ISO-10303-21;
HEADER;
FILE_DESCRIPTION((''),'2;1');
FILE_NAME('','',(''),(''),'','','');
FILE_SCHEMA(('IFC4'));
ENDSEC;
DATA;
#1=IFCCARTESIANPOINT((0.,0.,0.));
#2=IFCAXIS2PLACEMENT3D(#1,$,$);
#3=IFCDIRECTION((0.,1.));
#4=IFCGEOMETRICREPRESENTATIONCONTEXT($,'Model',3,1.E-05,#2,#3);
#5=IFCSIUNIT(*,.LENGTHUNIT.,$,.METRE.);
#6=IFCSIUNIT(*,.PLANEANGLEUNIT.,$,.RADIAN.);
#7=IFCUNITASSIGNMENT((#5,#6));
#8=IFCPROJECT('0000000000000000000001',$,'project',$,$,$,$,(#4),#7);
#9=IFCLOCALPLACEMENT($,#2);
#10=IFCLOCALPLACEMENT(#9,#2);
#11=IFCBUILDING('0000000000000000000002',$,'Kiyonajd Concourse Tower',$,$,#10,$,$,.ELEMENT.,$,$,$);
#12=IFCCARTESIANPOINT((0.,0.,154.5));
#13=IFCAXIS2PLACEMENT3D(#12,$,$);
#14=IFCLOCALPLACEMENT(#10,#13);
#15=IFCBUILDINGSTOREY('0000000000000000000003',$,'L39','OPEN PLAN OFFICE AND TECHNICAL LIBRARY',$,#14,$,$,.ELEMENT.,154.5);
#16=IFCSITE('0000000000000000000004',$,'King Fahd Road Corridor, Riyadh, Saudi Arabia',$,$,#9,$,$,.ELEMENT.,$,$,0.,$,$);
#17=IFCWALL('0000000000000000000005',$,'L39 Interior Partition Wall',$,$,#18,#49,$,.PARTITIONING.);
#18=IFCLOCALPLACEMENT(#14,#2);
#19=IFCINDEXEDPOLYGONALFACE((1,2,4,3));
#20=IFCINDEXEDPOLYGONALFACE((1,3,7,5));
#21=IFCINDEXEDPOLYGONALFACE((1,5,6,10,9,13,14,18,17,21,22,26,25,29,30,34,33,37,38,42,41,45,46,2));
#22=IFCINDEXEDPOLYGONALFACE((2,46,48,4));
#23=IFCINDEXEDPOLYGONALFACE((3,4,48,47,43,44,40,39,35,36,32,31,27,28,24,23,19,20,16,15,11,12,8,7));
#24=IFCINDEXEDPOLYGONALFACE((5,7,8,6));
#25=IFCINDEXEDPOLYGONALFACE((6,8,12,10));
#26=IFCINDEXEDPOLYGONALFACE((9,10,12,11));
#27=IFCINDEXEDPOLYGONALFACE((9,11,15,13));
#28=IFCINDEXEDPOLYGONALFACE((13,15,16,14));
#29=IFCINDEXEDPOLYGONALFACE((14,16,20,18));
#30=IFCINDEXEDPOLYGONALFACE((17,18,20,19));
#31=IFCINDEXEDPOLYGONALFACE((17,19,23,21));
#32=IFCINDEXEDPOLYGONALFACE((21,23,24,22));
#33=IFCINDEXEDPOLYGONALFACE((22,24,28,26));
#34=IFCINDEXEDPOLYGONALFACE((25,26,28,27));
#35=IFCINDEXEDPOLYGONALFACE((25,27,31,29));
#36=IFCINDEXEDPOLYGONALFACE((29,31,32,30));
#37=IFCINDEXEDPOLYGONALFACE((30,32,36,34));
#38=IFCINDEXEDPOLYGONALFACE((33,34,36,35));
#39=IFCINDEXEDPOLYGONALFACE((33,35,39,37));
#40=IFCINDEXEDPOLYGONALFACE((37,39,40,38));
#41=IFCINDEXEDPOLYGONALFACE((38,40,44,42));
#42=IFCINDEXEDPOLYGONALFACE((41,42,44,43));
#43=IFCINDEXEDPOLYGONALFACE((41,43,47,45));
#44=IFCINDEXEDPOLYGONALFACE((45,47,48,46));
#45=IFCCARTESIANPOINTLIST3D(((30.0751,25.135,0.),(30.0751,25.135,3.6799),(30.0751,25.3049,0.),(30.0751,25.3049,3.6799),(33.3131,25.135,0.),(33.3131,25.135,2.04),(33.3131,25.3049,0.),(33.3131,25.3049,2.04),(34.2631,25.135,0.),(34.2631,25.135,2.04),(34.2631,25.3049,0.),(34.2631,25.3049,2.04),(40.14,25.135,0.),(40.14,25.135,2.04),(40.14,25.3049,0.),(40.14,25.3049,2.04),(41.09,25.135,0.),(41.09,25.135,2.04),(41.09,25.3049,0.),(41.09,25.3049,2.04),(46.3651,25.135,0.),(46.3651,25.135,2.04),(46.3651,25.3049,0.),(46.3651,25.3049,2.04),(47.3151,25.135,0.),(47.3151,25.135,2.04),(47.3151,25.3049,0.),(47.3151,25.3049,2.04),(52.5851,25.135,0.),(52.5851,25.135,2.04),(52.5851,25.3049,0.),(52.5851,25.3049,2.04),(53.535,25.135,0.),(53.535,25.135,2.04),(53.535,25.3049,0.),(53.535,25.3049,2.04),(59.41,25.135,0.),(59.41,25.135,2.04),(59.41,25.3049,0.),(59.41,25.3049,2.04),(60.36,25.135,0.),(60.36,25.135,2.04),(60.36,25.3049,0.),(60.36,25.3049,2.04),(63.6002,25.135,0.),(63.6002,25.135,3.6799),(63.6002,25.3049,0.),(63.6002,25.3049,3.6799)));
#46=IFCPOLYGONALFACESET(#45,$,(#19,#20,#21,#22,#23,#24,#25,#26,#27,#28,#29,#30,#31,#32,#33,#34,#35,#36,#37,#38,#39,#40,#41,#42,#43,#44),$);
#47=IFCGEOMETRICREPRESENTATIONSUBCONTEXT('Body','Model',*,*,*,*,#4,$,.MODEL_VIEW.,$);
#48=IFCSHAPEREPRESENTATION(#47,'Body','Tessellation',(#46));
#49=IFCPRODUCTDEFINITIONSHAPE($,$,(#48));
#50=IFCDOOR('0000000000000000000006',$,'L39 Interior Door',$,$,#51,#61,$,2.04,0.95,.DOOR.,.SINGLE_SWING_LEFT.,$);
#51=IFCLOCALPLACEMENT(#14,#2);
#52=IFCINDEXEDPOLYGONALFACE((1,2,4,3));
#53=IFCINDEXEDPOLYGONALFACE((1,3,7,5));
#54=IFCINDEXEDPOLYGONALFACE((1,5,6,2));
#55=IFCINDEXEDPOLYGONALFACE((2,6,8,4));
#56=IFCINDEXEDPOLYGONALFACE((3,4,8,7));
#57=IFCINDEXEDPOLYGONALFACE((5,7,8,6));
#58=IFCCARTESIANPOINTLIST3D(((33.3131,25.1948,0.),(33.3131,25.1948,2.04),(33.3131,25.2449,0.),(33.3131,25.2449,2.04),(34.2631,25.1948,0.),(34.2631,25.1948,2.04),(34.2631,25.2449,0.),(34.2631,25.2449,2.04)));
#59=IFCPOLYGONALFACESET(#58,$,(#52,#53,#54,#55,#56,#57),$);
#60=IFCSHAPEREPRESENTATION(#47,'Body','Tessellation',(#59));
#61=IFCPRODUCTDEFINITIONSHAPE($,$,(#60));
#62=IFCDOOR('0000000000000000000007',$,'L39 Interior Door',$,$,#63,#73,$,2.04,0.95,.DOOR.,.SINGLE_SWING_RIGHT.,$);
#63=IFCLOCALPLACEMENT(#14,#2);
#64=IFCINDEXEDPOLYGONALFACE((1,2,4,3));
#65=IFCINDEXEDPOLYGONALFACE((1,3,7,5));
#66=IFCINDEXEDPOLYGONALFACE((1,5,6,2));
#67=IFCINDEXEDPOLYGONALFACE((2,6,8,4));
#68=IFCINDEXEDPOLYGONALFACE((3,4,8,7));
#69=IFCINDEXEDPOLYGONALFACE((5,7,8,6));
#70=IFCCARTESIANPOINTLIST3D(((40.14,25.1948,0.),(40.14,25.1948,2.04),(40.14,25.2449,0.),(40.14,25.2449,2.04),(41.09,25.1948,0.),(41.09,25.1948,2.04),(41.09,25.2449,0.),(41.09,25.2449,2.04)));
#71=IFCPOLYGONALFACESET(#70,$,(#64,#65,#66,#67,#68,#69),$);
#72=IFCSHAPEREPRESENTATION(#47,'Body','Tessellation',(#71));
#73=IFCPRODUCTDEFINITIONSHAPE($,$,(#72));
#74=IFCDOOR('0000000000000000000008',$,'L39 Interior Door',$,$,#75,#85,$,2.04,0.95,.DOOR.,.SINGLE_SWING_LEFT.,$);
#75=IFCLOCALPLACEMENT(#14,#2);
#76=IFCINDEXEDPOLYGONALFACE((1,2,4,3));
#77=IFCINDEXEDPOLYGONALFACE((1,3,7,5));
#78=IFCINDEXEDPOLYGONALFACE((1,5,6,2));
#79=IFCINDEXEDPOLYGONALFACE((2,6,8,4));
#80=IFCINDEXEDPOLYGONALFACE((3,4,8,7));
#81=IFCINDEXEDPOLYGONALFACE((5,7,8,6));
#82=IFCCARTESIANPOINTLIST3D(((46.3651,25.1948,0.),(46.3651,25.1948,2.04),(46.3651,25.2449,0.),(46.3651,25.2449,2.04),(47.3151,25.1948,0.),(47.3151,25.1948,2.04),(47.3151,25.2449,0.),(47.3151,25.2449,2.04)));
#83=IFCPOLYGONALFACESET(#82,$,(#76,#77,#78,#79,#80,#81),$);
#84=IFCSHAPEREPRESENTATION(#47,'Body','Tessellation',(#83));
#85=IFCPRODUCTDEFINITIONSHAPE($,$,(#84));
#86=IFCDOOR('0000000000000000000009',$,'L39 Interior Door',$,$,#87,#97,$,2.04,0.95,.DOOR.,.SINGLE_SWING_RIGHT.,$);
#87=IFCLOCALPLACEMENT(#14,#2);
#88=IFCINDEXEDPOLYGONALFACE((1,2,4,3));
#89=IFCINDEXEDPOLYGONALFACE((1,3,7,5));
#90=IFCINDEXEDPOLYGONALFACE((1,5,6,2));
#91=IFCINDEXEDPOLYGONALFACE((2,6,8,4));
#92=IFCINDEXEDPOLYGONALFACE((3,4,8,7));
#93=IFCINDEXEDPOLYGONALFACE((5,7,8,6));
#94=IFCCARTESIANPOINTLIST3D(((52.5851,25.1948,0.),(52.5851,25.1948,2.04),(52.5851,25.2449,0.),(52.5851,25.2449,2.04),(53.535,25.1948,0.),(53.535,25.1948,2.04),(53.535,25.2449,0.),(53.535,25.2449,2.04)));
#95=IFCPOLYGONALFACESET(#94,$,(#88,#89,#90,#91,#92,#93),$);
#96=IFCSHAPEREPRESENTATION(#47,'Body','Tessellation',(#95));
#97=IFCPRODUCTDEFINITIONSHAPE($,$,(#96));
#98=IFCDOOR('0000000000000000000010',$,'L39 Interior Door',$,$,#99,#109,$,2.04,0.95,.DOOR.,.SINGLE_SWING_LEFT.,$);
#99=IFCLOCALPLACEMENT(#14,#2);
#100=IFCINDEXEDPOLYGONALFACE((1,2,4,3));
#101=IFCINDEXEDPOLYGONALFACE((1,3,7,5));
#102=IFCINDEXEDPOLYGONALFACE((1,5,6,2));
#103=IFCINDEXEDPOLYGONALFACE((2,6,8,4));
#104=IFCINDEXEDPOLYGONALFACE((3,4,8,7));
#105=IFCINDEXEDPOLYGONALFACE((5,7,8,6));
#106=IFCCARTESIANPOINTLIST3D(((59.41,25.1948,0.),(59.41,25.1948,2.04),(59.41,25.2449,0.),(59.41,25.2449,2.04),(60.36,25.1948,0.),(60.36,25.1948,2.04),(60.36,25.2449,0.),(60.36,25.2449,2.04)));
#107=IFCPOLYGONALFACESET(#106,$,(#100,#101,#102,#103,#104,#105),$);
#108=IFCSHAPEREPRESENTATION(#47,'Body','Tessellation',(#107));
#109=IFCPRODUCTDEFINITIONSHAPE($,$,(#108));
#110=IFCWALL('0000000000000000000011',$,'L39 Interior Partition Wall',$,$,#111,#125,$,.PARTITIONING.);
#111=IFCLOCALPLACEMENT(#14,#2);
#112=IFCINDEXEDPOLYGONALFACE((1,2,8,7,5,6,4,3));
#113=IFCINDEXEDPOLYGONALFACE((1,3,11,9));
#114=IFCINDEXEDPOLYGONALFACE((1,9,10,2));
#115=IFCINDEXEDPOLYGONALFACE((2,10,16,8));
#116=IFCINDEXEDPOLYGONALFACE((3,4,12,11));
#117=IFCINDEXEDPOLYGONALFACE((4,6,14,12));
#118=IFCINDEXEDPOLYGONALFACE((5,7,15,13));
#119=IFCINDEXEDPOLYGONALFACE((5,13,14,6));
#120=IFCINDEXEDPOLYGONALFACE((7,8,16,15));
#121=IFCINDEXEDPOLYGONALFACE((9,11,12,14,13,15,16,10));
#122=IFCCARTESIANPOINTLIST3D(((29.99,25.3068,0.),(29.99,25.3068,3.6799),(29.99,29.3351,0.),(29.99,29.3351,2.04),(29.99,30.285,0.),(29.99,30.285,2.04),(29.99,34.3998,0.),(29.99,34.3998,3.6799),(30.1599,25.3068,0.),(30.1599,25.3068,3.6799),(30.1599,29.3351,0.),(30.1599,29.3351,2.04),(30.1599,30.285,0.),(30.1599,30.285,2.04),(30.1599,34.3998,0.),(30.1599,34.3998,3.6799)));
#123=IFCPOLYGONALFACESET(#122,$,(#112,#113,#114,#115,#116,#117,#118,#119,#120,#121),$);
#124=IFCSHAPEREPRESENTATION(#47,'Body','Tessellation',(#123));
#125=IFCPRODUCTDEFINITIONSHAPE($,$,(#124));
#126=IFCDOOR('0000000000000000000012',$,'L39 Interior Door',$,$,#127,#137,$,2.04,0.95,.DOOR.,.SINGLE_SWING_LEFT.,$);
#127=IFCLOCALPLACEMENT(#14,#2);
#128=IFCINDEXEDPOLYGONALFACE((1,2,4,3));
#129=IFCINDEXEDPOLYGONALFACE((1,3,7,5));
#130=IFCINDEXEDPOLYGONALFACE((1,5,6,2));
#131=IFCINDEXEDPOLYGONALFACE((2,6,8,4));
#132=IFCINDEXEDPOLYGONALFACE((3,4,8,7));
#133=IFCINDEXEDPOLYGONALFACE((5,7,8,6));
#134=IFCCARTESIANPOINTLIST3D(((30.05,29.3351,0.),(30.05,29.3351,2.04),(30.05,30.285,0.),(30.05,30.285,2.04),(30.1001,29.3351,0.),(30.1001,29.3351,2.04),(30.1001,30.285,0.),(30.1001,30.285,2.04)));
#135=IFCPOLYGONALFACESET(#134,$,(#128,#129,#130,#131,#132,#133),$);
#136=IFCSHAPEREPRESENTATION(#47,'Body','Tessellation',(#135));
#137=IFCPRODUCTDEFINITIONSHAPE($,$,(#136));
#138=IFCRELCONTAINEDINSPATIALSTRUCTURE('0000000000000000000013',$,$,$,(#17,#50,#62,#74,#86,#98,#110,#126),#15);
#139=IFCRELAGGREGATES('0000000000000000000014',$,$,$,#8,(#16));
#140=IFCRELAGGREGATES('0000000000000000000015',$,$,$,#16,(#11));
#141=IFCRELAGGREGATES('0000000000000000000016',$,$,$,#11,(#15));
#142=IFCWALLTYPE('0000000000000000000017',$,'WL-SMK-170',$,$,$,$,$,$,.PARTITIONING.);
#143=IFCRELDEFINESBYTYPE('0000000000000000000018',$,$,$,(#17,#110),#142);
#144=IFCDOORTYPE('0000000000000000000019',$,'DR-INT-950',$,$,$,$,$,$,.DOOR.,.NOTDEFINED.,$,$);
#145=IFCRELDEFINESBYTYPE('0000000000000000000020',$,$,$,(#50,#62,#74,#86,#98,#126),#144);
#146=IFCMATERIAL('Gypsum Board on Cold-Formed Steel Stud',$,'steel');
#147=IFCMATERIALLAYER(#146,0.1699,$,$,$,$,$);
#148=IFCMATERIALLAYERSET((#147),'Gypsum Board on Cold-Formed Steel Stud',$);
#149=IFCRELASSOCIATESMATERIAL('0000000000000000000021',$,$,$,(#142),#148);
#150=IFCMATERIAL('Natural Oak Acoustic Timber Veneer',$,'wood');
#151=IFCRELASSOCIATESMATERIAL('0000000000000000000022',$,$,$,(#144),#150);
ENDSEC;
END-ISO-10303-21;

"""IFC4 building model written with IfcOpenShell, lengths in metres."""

from ifc_helpers import new_model, si_unit, direction, frame, frame_2d, origin, place, context, subcontext, project, spatial, rectangle, extrude, material, layer, layer_set, type_object, element, fill, save


model = new_model("IFC4")

# Units and contexts
model_context = context("Model", 3, precision=1e-05, world=origin(), true_north=direction((0.0, 1.0)))
body_context = subcontext(model_context, "Body", "Model", "MODEL_VIEW")
ifc_project = project(units=[si_unit("LENGTHUNIT", "METRE"), si_unit("PLANEANGLEUNIT", "RADIAN")], contexts=[model_context])

# Site, building, storey
site_placement = place(None, origin())
site = spatial("IfcSite", under=ifc_project, at=site_placement, Name="King Fahd Road Corridor, Riyadh, Saudi Arabia", CompositionType="ELEMENT", RefElevation=0.0)
building_placement = place(site_placement, origin())
building = spatial("IfcBuilding", under=site, at=building_placement, Name="Kiyonajd Concourse Tower", CompositionType="ELEMENT")
storey_placement = place(building_placement, frame((0.0, 0.0, 154.5)))
storey = spatial("IfcBuildingStorey", under=building, at=storey_placement, Name="L39", Description="OPEN PLAN OFFICE AND TECHNICAL LIBRARY", CompositionType="ELEMENT", Elevation=154.5)

# Wall, openings, doors
ifc_material_1 = material(Name="Gypsum Board on Cold-Formed Steel Stud", Category="steel")
ifc_layer_1 = layer(ifc_material_1, 0.1699)
ifc_layer_set_1 = layer_set([ifc_layer_1], Name="Gypsum Board on Cold-Formed Steel Stud")
wall_type_1 = type_object("IfcWallType", Name="WL-SMK-170", PredefinedType="PARTITIONING", material=ifc_layer_set_1)
wall_1_placement = place(storey_placement, frame((30.075, 25.22, 0.0), z_axis=(0.0, 0.0, 1.0), x_axis=(1.0, 0.0, 0.0)))
wall_1 = element("IfcWall", 1, at=wall_1_placement, inside=storey, type_object=wall_type_1, Name="L39 Interior Partition Wall", PredefinedType="PARTITIONING", context=body_context, shape_type="SweptSolid", body=[
    extrude(rectangle(XDim=33.5251, YDim=0.1699, at=frame_2d((16.7627, 0.0))), origin(), (0.0, 0.0, 1.0), 3.6799),
])
opening_1_placement = place(wall_1_placement, frame((3.238, 0.0, 0.0)))
opening_1 = element("IfcOpeningElement", 2, at=opening_1_placement, cuts=wall_1, PredefinedType="OPENING", context=body_context, shape_type="SweptSolid", body=[
    extrude(rectangle(XDim=0.95, YDim=2.04, at=frame_2d((0.4751, 1.02))), frame((0.0, 0.095, 0.0), z_axis=(0.0, -1.0, 0.0), x_axis=(1.0, 0.0, 0.0)), (0.0, 0.0, 1.0), 0.1899),
])
opening_2_placement = place(wall_1_placement, frame((10.0649, 0.0, 0.0)))
opening_2 = element("IfcOpeningElement", 3, at=opening_2_placement, cuts=wall_1, PredefinedType="OPENING", context=body_context, shape_type="SweptSolid", body=[
    extrude(rectangle(XDim=0.95, YDim=2.04, at=frame_2d((0.4751, 1.02))), frame((0.0, 0.095, 0.0), z_axis=(0.0, -1.0, 0.0), x_axis=(1.0, 0.0, 0.0)), (0.0, 0.0, 1.0), 0.1899),
])
opening_3_placement = place(wall_1_placement, frame((16.29, 0.0, 0.0)))
opening_3 = element("IfcOpeningElement", 4, at=opening_3_placement, cuts=wall_1, PredefinedType="OPENING", context=body_context, shape_type="SweptSolid", body=[
    extrude(rectangle(XDim=0.95, YDim=2.04, at=frame_2d((0.4751, 1.02))), frame((0.0, 0.095, 0.0), z_axis=(0.0, -1.0, 0.0), x_axis=(1.0, 0.0, 0.0)), (0.0, 0.0, 1.0), 0.1899),
])
opening_4_placement = place(wall_1_placement, frame((22.51, 0.0, 0.0)))
opening_4 = element("IfcOpeningElement", 5, at=opening_4_placement, cuts=wall_1, PredefinedType="OPENING", context=body_context, shape_type="SweptSolid", body=[
    extrude(rectangle(XDim=0.95, YDim=2.04, at=frame_2d((0.4751, 1.02))), frame((0.0, 0.095, 0.0), z_axis=(0.0, -1.0, 0.0), x_axis=(1.0, 0.0, 0.0)), (0.0, 0.0, 1.0), 0.1899),
])
opening_5_placement = place(wall_1_placement, frame((29.335, 0.0, 0.0)))
opening_5 = element("IfcOpeningElement", 6, at=opening_5_placement, cuts=wall_1, PredefinedType="OPENING", context=body_context, shape_type="SweptSolid", body=[
    extrude(rectangle(XDim=0.95, YDim=2.04, at=frame_2d((0.4751, 1.02))), frame((0.0, 0.095, 0.0), z_axis=(0.0, -1.0, 0.0), x_axis=(1.0, 0.0, 0.0)), (0.0, 0.0, 1.0), 0.1899),
])
ifc_material_2 = material(Name="Natural Oak Acoustic Timber Veneer", Category="wood")
door_type = type_object("IfcDoorType", Name="DR-INT-950", OperationType="NOTDEFINED", PredefinedType="DOOR", material=ifc_material_2)
door_1_placement = place(opening_1_placement, origin())
door_1 = element("IfcDoor", 7, at=door_1_placement, inside=storey, type_object=door_type, Name="L39 Interior Door", OperationType="SINGLE_SWING_LEFT", OverallHeight=2.04, OverallWidth=0.95, PredefinedType="DOOR", context=body_context, shape_type="SweptSolid", body=[
    extrude(rectangle(XDim=0.95, YDim=2.04, at=frame_2d((0.4751, 1.02))), frame((0.0, 0.0249, 0.0), z_axis=(0.0, -1.0, 0.0), x_axis=(1.0, 0.0, 0.0)), (0.0, 0.0, 1.0), 0.05),
])
fill(opening_1, door_1)
door_2_placement = place(opening_2_placement, origin())
door_2 = element("IfcDoor", 8, at=door_2_placement, inside=storey, type_object=door_type, Name="L39 Interior Door", OperationType="SINGLE_SWING_RIGHT", OverallHeight=2.04, OverallWidth=0.95, PredefinedType="DOOR", context=body_context, shape_type="SweptSolid", body=[
    extrude(rectangle(XDim=0.95, YDim=2.04, at=frame_2d((0.4751, 1.02))), frame((0.0, 0.0249, 0.0), z_axis=(0.0, -1.0, 0.0), x_axis=(1.0, 0.0, 0.0)), (0.0, 0.0, 1.0), 0.05),
])
fill(opening_2, door_2)
door_3_placement = place(opening_3_placement, origin())
door_3 = element("IfcDoor", 9, at=door_3_placement, inside=storey, type_object=door_type, Name="L39 Interior Door", OperationType="SINGLE_SWING_LEFT", OverallHeight=2.04, OverallWidth=0.95, PredefinedType="DOOR", context=body_context, shape_type="SweptSolid", body=[
    extrude(rectangle(XDim=0.95, YDim=2.04, at=frame_2d((0.4751, 1.02))), frame((0.0, 0.0249, 0.0), z_axis=(0.0, -1.0, 0.0), x_axis=(1.0, 0.0, 0.0)), (0.0, 0.0, 1.0), 0.05),
])
fill(opening_3, door_3)
door_4_placement = place(opening_4_placement, origin())
door_4 = element("IfcDoor", 10, at=door_4_placement, inside=storey, type_object=door_type, Name="L39 Interior Door", OperationType="SINGLE_SWING_RIGHT", OverallHeight=2.04, OverallWidth=0.95, PredefinedType="DOOR", context=body_context, shape_type="SweptSolid", body=[
    extrude(rectangle(XDim=0.95, YDim=2.04, at=frame_2d((0.4751, 1.02))), frame((0.0, 0.0249, 0.0), z_axis=(0.0, -1.0, 0.0), x_axis=(1.0, 0.0, 0.0)), (0.0, 0.0, 1.0), 0.05),
])
fill(opening_4, door_4)
door_5_placement = place(opening_5_placement, origin())
door_5 = element("IfcDoor", 11, at=door_5_placement, inside=storey, type_object=door_type, Name="L39 Interior Door", OperationType="SINGLE_SWING_LEFT", OverallHeight=2.04, OverallWidth=0.95, PredefinedType="DOOR", context=body_context, shape_type="SweptSolid", body=[
    extrude(rectangle(XDim=0.95, YDim=2.04, at=frame_2d((0.4751, 1.02))), frame((0.0, 0.0249, 0.0), z_axis=(0.0, -1.0, 0.0), x_axis=(1.0, 0.0, 0.0)), (0.0, 0.0, 1.0), 0.05),
])
fill(opening_5, door_5)

# Wall, opening, door
wall_2_placement = place(storey_placement, frame((30.075, 25.3069, 0.0), z_axis=(0.0, 0.0, 1.0), x_axis=(0.0, 1.0, 0.0)))
wall_2 = element("IfcWall", 12, at=wall_2_placement, inside=storey, type_object=wall_type_1, Name="L39 Interior Partition Wall", PredefinedType="PARTITIONING", context=body_context, shape_type="SweptSolid", body=[
    extrude(rectangle(XDim=9.093, YDim=0.1699, at=frame_2d((4.5464, 0.0))), origin(), (0.0, 0.0, 1.0), 3.6799),
])
opening_6_placement = place(wall_2_placement, frame((4.0281, 0.0, 0.0)))
opening_6 = element("IfcOpeningElement", 13, at=opening_6_placement, cuts=wall_2, PredefinedType="OPENING", context=body_context, shape_type="SweptSolid", body=[
    extrude(rectangle(XDim=0.95, YDim=2.04, at=frame_2d((0.4751, 1.02))), frame((0.0, 0.095, 0.0), z_axis=(0.0, -1.0, 0.0), x_axis=(1.0, 0.0, 0.0)), (0.0, 0.0, 1.0), 0.1899),
])
door_6_placement = place(opening_6_placement, origin())
door_6 = element("IfcDoor", 14, at=door_6_placement, inside=storey, type_object=door_type, Name="L39 Interior Door", OperationType="SINGLE_SWING_LEFT", OverallHeight=2.04, OverallWidth=0.95, PredefinedType="DOOR", context=body_context, shape_type="SweptSolid", body=[
    extrude(rectangle(XDim=0.95, YDim=2.04, at=frame_2d((0.4751, 1.02))), frame((0.0, 0.0249, 0.0), z_axis=(0.0, -1.0, 0.0), x_axis=(1.0, 0.0, 0.0)), (0.0, 0.0, 1.0), 0.05),
])
fill(opening_6, door_6)

save(model, "model.ifc")
